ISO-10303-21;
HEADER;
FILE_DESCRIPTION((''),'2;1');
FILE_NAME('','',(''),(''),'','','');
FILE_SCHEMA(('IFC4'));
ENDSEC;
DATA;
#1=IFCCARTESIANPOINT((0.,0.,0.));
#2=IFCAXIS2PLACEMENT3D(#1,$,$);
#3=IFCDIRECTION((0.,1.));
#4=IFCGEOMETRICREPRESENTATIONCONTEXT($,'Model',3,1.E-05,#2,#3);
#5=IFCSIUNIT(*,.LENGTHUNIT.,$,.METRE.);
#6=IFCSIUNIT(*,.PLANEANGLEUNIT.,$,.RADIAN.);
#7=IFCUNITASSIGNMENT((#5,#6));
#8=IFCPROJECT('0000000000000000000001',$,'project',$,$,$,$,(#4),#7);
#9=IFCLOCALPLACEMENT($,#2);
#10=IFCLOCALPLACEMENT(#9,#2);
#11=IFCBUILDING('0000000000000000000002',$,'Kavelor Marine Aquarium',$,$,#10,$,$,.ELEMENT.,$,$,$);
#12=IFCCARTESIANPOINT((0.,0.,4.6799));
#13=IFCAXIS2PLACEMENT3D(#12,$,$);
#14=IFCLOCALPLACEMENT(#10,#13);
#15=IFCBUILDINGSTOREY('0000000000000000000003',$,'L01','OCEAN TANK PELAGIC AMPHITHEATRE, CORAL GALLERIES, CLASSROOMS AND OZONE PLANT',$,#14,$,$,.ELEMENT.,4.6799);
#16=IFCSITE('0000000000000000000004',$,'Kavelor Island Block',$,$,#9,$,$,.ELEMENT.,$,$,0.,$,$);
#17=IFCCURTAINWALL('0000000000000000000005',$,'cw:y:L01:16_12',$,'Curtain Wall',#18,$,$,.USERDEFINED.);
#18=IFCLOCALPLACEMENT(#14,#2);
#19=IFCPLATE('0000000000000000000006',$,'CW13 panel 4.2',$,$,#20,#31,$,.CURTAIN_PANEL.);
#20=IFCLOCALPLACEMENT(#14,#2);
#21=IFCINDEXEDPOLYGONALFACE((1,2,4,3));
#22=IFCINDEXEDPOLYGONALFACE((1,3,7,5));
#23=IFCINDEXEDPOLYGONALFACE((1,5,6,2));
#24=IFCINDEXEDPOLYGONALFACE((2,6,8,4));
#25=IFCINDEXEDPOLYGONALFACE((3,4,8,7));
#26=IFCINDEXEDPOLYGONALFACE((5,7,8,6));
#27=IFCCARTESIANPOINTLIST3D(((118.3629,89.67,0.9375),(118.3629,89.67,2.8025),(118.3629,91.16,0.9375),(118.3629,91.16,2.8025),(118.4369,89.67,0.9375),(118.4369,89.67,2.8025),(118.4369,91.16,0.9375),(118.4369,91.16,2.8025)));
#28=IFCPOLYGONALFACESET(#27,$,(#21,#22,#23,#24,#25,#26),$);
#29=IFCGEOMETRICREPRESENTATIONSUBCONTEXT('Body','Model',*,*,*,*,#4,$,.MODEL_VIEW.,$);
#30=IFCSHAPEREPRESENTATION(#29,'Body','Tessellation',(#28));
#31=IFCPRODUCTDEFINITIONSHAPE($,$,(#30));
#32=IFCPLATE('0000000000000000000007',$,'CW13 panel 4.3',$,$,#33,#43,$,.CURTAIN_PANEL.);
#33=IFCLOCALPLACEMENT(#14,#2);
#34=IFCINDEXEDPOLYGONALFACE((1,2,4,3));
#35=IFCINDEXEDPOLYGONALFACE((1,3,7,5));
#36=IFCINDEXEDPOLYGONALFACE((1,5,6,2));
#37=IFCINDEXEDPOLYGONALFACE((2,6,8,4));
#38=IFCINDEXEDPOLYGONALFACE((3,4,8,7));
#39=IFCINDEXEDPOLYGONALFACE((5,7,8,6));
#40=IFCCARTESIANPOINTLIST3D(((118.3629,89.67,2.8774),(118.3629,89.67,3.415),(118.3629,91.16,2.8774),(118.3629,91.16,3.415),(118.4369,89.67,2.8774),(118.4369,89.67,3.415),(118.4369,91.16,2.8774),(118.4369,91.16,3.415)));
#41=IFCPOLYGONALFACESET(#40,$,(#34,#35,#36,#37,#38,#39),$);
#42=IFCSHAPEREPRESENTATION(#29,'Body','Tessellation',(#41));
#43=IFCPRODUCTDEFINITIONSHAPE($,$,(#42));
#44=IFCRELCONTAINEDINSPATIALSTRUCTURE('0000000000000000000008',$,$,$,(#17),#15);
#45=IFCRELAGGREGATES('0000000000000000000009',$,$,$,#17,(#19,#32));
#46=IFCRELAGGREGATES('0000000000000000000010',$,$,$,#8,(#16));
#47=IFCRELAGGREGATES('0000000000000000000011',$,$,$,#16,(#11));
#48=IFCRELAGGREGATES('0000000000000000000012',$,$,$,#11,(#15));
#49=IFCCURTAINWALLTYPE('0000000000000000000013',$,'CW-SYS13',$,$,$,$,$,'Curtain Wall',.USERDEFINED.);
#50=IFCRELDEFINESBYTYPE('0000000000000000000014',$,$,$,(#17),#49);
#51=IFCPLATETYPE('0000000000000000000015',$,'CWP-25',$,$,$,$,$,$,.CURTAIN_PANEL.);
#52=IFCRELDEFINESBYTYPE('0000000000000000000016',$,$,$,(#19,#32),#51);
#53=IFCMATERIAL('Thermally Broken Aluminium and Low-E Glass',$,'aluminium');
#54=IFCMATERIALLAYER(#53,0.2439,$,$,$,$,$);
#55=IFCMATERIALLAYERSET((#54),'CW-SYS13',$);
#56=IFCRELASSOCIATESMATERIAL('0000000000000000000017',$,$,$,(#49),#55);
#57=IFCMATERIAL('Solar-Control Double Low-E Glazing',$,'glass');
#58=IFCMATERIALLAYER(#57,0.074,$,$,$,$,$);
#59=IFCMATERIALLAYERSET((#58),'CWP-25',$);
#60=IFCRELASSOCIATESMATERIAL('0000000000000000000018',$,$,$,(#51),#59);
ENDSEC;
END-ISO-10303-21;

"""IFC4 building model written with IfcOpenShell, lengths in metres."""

from ifc_helpers import new_model, si_unit, direction, frame, origin, origin_2d, place, context, subcontext, project, spatial, rectangle, extrude, material, layer, layer_set, type_object, element, aggregate, save


model = new_model("IFC4")

# Units and contexts
model_context = context("Model", 3, precision=1e-05, world=origin(), true_north=direction((0.0, 1.0)))
body_context = subcontext(model_context, "Body", "Model", "MODEL_VIEW")
ifc_project = project(units=[si_unit("LENGTHUNIT", "METRE"), si_unit("PLANEANGLEUNIT", "RADIAN")], contexts=[model_context])

# Site, building, storey
site_placement = place(None, origin())
site = spatial("IfcSite", under=ifc_project, at=site_placement, Name="Kavelor Island Block", CompositionType="ELEMENT", RefElevation=0.0)
building_placement = place(site_placement, origin())
building = spatial("IfcBuilding", under=site, at=building_placement, Name="Kavelor Marine Aquarium", CompositionType="ELEMENT")
storey_placement = place(building_placement, frame((0.0, 0.0, 4.6799)))
storey = spatial("IfcBuildingStorey", under=building, at=storey_placement, Name="L01", Description="OCEAN TANK PELAGIC AMPHITHEATRE, CORAL GALLERIES, CLASSROOMS AND OZONE PLANT", CompositionType="ELEMENT", Elevation=4.6799)

# Curtain wall
ifc_material_1 = material(Name="Thermally Broken Aluminium and Low-E Glass", Category="aluminium")
ifc_layer_1 = layer(ifc_material_1, 0.2439)
ifc_layer_set_1 = layer_set([ifc_layer_1], Name="CW-SYS13")
curtain_wall_type_1 = type_object("IfcCurtainWallType", Name="CW-SYS13", ElementType="Curtain Wall", PredefinedType="USERDEFINED", material=ifc_layer_set_1)
curtain_wall_1_placement = place(storey_placement, origin())
curtain_wall_1 = element("IfcCurtainWall", 1, at=curtain_wall_1_placement, inside=storey, type_object=curtain_wall_type_1, Name="cw:y:L01:16_12", ObjectType="Curtain Wall", PredefinedType="USERDEFINED")

# Plates
ifc_material_2 = material(Name="Solar-Control Double Low-E Glazing", Category="glass")
ifc_layer_2 = layer(ifc_material_2, 0.074)
ifc_layer_set_2 = layer_set([ifc_layer_2], Name="CWP-25")
plate_type_1 = type_object("IfcPlateType", Name="CWP-25", PredefinedType="CURTAIN_PANEL", material=ifc_layer_set_2)
plate_1_placement = place(storey_placement, frame((118.3999, 90.415, 0.9375), z_axis=(0.0, 0.0, 1.0), x_axis=(0.0, -1.0, 0.0)))
plate_1 = element("IfcPlate", 2, at=plate_1_placement, type_object=plate_type_1, Name="CW13 panel 4.2", PredefinedType="CURTAIN_PANEL", context=body_context, shape_type="SweptSolid", body=[
    extrude(rectangle(XDim=1.49, YDim=0.074, at=origin_2d()), origin(), (0.0, 0.0, 1.0), 1.865),
])
plate_2_placement = place(storey_placement, frame((118.3999, 90.415, 2.8774), z_axis=(0.0, 0.0, 1.0), x_axis=(0.0, -1.0, 0.0)))
plate_2 = element("IfcPlate", 3, at=plate_2_placement, type_object=plate_type_1, Name="CW13 panel 4.3", PredefinedType="CURTAIN_PANEL", context=body_context, shape_type="SweptSolid", body=[
    extrude(rectangle(XDim=1.49, YDim=0.074, at=origin_2d()), origin(), (0.0, 0.0, 1.0), 0.5376),
])
aggregate(curtain_wall_1, [plate_1, plate_2])

save(model, "model.ifc")
